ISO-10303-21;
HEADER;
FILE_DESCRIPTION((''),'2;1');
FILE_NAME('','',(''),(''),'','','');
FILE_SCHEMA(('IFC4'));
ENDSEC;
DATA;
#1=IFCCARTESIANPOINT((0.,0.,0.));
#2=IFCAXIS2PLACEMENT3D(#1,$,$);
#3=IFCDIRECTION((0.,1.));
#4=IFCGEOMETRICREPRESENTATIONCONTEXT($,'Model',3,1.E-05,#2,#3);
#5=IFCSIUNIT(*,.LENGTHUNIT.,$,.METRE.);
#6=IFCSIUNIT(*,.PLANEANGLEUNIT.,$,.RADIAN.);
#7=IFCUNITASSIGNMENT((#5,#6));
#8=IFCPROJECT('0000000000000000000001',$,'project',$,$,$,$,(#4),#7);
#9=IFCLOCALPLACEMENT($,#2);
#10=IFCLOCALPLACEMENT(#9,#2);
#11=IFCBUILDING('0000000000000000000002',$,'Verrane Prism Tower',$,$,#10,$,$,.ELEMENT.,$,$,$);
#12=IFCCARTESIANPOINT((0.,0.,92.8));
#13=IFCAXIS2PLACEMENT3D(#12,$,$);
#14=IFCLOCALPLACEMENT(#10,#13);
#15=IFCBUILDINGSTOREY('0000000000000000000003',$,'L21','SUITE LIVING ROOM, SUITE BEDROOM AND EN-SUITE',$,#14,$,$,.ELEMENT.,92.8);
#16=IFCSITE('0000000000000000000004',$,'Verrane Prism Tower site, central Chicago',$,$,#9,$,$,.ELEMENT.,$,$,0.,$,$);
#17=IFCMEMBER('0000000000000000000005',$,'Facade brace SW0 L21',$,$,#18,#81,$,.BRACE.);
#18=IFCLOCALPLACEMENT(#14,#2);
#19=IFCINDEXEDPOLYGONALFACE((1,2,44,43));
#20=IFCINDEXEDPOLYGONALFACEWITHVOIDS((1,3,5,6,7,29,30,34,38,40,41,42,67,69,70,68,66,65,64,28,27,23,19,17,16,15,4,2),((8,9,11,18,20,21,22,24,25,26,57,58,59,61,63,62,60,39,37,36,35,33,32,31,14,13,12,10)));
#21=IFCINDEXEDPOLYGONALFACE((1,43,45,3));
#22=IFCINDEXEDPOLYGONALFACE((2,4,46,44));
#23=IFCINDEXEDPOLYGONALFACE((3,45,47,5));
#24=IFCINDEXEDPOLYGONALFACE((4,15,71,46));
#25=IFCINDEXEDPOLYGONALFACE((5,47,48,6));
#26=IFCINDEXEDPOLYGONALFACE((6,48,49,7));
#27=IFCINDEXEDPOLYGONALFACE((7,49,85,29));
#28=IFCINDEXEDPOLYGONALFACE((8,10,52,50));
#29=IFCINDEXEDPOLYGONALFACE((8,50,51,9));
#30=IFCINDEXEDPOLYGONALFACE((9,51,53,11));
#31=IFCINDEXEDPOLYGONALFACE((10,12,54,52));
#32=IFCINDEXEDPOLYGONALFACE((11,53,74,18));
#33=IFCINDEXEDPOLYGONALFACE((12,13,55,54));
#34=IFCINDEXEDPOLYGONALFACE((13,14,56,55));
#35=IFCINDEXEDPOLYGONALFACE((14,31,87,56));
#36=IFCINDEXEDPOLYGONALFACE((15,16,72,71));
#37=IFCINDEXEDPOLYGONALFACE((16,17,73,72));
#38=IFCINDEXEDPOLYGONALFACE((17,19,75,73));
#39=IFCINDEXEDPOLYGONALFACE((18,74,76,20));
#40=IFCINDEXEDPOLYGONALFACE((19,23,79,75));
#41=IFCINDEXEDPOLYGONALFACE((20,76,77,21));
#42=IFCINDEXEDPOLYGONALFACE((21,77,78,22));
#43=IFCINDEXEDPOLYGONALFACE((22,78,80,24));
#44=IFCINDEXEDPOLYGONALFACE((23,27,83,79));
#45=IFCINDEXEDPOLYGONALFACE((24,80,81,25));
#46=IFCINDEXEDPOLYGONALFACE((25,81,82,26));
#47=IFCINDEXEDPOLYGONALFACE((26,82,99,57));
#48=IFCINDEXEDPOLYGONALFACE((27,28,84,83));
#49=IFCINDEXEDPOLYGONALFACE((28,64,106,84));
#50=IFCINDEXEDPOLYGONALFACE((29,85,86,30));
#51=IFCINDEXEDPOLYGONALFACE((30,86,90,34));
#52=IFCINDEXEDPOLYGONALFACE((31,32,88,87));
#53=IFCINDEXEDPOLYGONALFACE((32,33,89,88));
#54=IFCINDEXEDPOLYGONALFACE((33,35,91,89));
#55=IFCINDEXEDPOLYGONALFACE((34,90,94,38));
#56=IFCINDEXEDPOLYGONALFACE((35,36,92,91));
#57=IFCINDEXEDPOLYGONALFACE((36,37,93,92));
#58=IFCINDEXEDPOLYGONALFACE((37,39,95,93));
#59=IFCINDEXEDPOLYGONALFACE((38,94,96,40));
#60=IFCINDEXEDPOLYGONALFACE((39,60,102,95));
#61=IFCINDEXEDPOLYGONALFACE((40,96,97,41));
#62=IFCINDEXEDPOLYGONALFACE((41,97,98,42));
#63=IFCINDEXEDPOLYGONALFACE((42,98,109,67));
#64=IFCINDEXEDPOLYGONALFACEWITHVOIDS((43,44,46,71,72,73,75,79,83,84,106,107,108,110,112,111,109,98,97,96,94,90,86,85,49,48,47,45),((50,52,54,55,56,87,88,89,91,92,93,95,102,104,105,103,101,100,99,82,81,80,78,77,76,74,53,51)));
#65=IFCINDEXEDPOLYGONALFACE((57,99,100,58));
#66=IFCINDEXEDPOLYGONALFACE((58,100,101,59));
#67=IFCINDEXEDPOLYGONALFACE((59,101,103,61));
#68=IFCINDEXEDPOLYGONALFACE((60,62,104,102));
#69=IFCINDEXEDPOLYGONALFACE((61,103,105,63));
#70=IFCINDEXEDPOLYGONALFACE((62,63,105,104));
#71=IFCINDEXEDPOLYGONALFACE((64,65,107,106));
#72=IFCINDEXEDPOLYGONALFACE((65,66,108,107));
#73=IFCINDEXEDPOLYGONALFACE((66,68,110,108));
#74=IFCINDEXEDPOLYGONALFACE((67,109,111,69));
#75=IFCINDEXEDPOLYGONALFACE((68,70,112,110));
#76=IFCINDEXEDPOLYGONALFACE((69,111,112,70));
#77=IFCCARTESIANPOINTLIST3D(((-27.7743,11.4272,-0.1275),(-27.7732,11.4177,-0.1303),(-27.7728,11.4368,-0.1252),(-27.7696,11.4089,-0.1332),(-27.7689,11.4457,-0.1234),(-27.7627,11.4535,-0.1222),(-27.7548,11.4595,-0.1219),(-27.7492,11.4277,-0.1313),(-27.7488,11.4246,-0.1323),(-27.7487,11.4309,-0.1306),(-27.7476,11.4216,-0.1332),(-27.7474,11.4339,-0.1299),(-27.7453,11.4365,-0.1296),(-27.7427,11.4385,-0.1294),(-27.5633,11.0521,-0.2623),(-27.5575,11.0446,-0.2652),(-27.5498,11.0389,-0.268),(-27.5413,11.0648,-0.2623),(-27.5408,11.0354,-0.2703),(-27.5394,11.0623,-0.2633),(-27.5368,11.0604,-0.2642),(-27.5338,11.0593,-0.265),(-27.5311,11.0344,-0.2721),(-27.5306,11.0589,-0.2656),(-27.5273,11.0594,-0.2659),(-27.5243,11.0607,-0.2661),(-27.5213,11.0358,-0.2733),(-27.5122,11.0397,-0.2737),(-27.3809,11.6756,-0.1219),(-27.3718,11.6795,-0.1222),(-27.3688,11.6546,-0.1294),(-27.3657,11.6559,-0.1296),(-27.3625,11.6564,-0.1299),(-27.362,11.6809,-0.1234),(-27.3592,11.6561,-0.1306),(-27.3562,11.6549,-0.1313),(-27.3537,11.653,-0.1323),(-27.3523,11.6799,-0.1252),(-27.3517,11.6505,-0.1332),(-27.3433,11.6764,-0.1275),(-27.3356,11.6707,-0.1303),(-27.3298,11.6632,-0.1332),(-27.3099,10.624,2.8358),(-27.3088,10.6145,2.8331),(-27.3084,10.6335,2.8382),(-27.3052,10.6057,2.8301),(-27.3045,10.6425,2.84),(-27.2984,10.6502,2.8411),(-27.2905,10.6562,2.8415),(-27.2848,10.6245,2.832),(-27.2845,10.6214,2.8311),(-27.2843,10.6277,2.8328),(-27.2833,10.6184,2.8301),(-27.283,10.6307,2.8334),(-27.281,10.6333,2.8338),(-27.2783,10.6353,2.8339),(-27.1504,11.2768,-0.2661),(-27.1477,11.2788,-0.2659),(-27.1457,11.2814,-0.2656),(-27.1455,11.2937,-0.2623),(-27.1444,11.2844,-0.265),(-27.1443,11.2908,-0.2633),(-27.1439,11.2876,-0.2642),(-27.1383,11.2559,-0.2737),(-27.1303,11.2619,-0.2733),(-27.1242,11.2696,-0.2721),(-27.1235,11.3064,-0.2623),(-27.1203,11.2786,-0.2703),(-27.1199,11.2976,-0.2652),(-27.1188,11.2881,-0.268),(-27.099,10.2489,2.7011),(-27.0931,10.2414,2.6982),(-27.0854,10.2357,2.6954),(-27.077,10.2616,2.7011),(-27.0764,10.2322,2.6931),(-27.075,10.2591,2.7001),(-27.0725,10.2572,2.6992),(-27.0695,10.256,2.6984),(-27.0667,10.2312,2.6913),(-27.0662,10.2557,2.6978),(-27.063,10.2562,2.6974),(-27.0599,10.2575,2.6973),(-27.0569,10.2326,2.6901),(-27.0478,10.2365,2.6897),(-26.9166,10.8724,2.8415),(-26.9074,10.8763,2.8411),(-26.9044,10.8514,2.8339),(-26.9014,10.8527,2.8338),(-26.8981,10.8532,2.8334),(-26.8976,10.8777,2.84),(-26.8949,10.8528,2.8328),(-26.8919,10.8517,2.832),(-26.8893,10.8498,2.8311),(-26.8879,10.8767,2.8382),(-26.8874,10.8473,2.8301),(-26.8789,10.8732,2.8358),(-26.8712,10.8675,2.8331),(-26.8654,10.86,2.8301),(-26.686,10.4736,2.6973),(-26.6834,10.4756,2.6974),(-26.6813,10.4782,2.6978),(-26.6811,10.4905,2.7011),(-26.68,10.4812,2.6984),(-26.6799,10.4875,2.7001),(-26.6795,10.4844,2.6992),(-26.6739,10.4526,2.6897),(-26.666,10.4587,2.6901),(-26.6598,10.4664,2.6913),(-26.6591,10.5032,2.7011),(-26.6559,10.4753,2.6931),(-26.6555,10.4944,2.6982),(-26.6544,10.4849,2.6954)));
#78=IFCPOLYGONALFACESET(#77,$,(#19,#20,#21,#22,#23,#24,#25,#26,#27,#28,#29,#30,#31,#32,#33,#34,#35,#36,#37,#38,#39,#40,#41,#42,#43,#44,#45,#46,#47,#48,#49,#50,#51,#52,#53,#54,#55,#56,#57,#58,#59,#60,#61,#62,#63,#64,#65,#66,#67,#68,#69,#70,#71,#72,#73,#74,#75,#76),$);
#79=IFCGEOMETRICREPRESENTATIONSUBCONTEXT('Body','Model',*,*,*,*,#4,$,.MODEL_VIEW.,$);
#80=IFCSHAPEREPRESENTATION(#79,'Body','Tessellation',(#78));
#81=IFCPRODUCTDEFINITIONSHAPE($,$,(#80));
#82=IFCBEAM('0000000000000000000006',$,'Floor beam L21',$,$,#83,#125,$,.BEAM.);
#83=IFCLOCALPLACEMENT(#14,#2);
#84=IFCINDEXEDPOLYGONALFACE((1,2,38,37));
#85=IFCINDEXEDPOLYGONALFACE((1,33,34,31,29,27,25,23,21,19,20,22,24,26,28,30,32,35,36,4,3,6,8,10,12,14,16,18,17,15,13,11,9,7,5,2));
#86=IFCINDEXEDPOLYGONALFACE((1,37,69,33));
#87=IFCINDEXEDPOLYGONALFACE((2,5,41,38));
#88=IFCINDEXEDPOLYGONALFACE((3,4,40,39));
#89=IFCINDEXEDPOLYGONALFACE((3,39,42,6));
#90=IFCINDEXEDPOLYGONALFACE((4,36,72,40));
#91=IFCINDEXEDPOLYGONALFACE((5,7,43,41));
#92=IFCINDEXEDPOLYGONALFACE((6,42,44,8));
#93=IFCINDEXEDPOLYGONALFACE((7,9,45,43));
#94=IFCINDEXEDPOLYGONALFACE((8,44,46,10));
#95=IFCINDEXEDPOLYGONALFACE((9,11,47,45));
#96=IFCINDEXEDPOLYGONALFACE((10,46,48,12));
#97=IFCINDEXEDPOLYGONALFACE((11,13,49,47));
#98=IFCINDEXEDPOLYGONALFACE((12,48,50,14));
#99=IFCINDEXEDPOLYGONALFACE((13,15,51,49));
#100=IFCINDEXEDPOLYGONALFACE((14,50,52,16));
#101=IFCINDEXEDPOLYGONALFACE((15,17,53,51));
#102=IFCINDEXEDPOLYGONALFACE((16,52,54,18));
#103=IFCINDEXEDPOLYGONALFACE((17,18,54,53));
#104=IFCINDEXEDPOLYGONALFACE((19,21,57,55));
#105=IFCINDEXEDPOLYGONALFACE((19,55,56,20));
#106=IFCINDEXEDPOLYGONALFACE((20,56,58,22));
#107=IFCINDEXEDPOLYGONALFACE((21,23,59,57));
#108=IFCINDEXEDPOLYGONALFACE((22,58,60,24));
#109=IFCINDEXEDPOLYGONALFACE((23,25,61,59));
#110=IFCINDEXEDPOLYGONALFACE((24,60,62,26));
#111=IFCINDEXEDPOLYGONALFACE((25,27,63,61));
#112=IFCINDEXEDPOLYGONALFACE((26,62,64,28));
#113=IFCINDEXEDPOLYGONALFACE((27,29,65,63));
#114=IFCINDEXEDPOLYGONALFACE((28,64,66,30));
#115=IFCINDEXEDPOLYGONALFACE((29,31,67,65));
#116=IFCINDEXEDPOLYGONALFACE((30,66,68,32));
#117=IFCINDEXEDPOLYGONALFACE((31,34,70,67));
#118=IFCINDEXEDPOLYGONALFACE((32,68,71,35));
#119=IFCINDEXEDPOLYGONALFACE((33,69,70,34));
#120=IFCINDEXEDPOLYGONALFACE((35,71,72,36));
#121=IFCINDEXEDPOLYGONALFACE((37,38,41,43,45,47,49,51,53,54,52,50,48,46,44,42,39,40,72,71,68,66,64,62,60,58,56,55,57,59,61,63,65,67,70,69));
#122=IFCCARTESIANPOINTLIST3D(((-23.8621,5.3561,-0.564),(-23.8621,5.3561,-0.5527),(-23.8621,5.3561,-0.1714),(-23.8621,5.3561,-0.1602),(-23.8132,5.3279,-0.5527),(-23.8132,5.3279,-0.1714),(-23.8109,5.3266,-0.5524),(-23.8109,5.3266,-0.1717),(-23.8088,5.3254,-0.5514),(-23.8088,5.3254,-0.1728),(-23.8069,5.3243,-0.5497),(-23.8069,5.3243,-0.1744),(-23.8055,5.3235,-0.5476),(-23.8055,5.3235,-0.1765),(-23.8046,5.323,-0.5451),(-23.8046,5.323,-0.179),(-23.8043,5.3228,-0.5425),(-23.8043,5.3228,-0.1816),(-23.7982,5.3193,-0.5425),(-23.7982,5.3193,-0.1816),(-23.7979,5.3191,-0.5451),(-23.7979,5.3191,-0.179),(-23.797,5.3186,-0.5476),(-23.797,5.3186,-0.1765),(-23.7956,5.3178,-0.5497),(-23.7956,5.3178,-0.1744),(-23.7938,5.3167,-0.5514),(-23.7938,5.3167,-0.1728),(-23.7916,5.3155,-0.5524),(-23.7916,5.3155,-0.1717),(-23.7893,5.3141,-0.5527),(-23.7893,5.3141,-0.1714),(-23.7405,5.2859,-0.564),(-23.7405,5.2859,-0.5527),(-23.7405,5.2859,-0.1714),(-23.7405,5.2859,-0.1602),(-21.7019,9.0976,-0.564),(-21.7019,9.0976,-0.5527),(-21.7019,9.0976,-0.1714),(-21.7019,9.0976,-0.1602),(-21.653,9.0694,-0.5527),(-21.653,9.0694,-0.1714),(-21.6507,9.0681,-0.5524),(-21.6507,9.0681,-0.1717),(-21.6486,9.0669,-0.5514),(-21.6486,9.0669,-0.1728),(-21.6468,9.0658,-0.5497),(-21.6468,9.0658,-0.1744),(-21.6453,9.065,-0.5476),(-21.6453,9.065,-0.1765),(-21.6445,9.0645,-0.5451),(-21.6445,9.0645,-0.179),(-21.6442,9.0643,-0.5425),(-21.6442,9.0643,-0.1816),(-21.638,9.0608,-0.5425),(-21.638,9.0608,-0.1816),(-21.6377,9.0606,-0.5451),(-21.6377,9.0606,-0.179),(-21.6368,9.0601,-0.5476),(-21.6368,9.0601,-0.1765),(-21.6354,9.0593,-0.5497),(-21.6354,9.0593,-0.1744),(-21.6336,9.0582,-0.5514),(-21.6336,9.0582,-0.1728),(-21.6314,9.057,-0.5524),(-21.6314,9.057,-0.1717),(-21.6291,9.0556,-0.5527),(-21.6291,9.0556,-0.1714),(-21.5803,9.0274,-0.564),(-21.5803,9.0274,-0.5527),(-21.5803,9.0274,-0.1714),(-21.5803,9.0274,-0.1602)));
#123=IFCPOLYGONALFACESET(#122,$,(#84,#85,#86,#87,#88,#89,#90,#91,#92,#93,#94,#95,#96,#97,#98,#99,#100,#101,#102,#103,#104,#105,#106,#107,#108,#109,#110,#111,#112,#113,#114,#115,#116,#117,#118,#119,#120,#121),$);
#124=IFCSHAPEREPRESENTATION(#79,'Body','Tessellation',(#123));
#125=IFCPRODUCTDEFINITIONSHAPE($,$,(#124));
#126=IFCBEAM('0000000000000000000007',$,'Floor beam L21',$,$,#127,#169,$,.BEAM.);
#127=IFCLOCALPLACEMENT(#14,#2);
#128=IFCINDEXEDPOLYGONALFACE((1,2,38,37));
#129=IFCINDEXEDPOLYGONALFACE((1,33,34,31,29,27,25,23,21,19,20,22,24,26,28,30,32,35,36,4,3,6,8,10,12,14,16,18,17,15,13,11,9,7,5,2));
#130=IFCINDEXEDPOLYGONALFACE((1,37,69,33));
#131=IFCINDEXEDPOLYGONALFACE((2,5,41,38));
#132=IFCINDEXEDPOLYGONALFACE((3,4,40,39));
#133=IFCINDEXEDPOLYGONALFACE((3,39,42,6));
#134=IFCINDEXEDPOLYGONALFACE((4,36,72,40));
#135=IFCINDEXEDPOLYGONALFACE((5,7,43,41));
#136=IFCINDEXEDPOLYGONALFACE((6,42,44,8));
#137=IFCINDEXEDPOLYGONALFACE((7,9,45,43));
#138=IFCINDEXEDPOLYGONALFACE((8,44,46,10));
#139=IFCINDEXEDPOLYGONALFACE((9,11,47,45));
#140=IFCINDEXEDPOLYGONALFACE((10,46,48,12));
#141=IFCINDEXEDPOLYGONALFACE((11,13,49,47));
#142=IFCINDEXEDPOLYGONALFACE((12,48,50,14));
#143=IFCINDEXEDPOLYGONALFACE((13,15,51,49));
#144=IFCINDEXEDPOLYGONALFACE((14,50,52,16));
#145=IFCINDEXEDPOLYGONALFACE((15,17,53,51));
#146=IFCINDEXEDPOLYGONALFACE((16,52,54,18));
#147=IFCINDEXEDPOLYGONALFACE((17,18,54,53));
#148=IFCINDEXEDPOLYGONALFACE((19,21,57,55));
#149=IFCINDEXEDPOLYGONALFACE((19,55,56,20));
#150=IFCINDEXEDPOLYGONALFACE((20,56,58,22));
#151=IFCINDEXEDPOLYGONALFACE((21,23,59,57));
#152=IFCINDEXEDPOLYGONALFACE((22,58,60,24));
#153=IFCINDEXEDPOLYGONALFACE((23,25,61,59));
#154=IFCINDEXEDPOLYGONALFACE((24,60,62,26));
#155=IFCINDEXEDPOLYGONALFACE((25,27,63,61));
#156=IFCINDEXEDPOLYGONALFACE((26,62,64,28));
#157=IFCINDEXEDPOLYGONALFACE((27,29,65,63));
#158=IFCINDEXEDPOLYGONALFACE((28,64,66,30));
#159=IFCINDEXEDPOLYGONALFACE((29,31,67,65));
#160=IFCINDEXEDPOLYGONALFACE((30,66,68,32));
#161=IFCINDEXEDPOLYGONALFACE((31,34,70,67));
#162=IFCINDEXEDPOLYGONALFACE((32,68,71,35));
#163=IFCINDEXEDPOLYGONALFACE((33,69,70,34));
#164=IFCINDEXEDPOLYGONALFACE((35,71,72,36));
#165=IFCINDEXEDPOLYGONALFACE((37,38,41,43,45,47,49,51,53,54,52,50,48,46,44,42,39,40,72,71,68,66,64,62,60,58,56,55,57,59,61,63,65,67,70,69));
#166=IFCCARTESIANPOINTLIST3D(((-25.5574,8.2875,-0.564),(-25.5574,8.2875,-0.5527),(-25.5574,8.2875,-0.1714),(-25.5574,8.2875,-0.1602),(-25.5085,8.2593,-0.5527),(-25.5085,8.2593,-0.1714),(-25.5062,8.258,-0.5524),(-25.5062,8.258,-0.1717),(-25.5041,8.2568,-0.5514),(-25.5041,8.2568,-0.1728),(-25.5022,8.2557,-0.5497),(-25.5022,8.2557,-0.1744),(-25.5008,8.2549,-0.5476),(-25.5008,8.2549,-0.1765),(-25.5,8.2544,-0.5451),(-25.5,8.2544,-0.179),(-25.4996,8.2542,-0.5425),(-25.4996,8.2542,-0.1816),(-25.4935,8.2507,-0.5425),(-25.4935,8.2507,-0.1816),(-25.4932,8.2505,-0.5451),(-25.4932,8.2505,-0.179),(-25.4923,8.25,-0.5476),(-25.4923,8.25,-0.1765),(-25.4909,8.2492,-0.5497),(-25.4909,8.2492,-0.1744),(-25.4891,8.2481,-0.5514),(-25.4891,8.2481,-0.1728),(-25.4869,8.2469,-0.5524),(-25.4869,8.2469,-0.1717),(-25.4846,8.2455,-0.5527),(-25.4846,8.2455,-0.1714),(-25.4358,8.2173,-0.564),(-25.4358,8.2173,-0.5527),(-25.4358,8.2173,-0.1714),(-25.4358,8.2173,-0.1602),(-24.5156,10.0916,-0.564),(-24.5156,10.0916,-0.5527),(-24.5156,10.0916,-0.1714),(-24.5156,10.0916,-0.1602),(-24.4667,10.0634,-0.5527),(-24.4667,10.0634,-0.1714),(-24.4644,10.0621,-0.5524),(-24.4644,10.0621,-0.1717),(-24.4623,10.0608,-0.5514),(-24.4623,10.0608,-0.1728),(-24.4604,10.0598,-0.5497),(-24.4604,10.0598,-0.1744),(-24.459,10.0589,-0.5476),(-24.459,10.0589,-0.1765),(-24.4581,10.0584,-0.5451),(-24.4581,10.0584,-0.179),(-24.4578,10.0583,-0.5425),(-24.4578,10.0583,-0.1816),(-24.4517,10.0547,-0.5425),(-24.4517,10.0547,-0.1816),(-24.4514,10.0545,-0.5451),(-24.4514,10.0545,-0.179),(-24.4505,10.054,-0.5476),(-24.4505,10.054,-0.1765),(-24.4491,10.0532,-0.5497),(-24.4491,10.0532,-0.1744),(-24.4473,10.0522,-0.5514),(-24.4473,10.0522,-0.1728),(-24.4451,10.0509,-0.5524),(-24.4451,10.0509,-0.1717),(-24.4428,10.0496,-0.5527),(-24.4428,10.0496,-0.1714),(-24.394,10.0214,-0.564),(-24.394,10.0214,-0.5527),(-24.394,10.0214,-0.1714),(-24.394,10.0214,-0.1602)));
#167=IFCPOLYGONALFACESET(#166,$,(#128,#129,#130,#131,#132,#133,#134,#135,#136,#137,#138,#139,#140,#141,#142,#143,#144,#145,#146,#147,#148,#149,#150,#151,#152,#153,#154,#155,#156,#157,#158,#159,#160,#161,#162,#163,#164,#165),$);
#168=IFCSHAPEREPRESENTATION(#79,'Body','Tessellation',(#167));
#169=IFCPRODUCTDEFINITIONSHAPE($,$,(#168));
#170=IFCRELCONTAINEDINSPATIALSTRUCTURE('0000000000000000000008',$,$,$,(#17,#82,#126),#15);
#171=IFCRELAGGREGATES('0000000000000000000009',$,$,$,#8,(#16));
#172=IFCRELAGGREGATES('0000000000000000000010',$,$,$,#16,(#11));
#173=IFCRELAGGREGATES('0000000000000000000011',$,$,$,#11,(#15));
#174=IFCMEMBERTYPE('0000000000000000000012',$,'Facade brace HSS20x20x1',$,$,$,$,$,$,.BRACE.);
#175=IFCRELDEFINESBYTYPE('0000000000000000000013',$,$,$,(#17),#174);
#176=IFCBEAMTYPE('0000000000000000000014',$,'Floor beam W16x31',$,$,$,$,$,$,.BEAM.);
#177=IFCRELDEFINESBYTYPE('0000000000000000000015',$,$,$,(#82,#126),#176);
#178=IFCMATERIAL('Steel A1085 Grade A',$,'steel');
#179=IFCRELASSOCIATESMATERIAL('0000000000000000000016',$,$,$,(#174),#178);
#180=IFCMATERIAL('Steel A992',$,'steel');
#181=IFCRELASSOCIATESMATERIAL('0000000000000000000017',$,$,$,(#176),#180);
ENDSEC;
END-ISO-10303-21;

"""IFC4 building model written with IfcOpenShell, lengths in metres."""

from ifc_helpers import new_model, si_unit, direction, frame, origin, origin_2d, place, context, subcontext, project, spatial, hollow_rectangle, i_section, extrude, material, material_profile, profile_set, type_object, element, save


model = new_model("IFC4")

# Units and contexts
model_context = context("Model", 3, precision=1e-05, world=origin(), true_north=direction((0.0, 1.0)))
body_context = subcontext(model_context, "Body", "Model", "MODEL_VIEW")
ifc_project = project(units=[si_unit("LENGTHUNIT", "METRE"), si_unit("PLANEANGLEUNIT", "RADIAN")], contexts=[model_context])

# Site, building, storey
site_placement = place(None, origin())
site = spatial("IfcSite", under=ifc_project, at=site_placement, Name="Verrane Prism Tower site, central Chicago", CompositionType="ELEMENT", RefElevation=0.0)
building_placement = place(site_placement, origin())
building = spatial("IfcBuilding", under=site, at=building_placement, Name="Verrane Prism Tower", CompositionType="ELEMENT")
storey_placement = place(building_placement, frame((0.0, 0.0, 92.8)))
storey = spatial("IfcBuildingStorey", under=building, at=storey_placement, Name="L21", Description="SUITE LIVING ROOM, SUITE BEDROOM AND EN-SUITE", CompositionType="ELEMENT", Elevation=92.8)

# Member
ifc_material_1 = material(Name="Steel A1085 Grade A", Category="steel")
ifc_material_profile_1 = material_profile(ifc_material_1, hollow_rectangle(XDim=0.5081, YDim=0.5081, WallThickness=0.0254, InnerFilletRadius=0.0127, OuterFilletRadius=0.0381, at=origin_2d()), Name="HSS20x20x1")
ifc_profile_set_1 = profile_set([ifc_material_profile_1], Name="Steel A1085 Grade A")
member_type_1 = type_object("IfcMemberType", Name="Facade brace HSS20x20x1", PredefinedType="BRACE", material=ifc_profile_set_1)
member_1_placement = place(storey_placement, frame((-27.4465, 11.3577, -0.1978), z_axis=(0.14954, -0.258668, 0.954321), x_axis=(0.865738, 0.500497, 0.0)))
element("IfcMember", 1, at=member_1_placement, inside=storey, type_object=member_type_1, Name="Facade brace SW0 L21", PredefinedType="BRACE", context=body_context, shape_type="SweptSolid", body=[
    extrude(hollow_rectangle(XDim=0.5081, YDim=0.5081, WallThickness=0.0254, InnerFilletRadius=0.0127, OuterFilletRadius=0.0381, at=origin_2d()), origin(), (0.0, 0.0, 1.0), 3.1052),
])

# Beams
ifc_material_2 = material(Name="Steel A992", Category="steel")
ifc_material_profile_2 = material_profile(ifc_material_2, i_section(OverallWidth=0.1404, OverallDepth=0.4038, WebThickness=0.0071, FlangeThickness=0.0112, FilletRadius=0.0103, at=origin_2d()), Name="W16x31")
ifc_profile_set_2 = profile_set([ifc_material_profile_2], Name="Steel A992")
beam_type_1 = type_object("IfcBeamType", Name="Floor beam W16x31", PredefinedType="BEAM", material=ifc_profile_set_2)
beam_1_placement = place(storey_placement, frame((-23.8013, 5.321, -0.3621), z_axis=(0.500005, 0.866023, 0.0), x_axis=(-0.866023, 0.500005, 0.0)))
element("IfcBeam", 2, at=beam_1_placement, inside=storey, type_object=beam_type_1, Name="Floor beam L21", PredefinedType="BEAM", context=body_context, shape_type="SweptSolid", body=[
    extrude(i_section(OverallWidth=0.1404, OverallDepth=0.4038, WebThickness=0.0071, FlangeThickness=0.0112, FilletRadius=0.0103, at=origin_2d()), origin(), (0.0, 0.0, 1.0), 4.3203),
])
beam_2_placement = place(storey_placement, frame((-25.4966, 8.2524, -0.3621), z_axis=(0.500084, 0.865977, 0.0), x_axis=(-0.865977, 0.500084, 0.0)))
element("IfcBeam", 3, at=beam_2_placement, inside=storey, type_object=beam_type_1, Name="Floor beam L21", PredefinedType="BEAM", context=body_context, shape_type="SweptSolid", body=[
    extrude(i_section(OverallWidth=0.1404, OverallDepth=0.4038, WebThickness=0.0071, FlangeThickness=0.0112, FilletRadius=0.0103, at=origin_2d()), origin(), (0.0, 0.0, 1.0), 2.0833),
])

save(model, "model.ifc")
